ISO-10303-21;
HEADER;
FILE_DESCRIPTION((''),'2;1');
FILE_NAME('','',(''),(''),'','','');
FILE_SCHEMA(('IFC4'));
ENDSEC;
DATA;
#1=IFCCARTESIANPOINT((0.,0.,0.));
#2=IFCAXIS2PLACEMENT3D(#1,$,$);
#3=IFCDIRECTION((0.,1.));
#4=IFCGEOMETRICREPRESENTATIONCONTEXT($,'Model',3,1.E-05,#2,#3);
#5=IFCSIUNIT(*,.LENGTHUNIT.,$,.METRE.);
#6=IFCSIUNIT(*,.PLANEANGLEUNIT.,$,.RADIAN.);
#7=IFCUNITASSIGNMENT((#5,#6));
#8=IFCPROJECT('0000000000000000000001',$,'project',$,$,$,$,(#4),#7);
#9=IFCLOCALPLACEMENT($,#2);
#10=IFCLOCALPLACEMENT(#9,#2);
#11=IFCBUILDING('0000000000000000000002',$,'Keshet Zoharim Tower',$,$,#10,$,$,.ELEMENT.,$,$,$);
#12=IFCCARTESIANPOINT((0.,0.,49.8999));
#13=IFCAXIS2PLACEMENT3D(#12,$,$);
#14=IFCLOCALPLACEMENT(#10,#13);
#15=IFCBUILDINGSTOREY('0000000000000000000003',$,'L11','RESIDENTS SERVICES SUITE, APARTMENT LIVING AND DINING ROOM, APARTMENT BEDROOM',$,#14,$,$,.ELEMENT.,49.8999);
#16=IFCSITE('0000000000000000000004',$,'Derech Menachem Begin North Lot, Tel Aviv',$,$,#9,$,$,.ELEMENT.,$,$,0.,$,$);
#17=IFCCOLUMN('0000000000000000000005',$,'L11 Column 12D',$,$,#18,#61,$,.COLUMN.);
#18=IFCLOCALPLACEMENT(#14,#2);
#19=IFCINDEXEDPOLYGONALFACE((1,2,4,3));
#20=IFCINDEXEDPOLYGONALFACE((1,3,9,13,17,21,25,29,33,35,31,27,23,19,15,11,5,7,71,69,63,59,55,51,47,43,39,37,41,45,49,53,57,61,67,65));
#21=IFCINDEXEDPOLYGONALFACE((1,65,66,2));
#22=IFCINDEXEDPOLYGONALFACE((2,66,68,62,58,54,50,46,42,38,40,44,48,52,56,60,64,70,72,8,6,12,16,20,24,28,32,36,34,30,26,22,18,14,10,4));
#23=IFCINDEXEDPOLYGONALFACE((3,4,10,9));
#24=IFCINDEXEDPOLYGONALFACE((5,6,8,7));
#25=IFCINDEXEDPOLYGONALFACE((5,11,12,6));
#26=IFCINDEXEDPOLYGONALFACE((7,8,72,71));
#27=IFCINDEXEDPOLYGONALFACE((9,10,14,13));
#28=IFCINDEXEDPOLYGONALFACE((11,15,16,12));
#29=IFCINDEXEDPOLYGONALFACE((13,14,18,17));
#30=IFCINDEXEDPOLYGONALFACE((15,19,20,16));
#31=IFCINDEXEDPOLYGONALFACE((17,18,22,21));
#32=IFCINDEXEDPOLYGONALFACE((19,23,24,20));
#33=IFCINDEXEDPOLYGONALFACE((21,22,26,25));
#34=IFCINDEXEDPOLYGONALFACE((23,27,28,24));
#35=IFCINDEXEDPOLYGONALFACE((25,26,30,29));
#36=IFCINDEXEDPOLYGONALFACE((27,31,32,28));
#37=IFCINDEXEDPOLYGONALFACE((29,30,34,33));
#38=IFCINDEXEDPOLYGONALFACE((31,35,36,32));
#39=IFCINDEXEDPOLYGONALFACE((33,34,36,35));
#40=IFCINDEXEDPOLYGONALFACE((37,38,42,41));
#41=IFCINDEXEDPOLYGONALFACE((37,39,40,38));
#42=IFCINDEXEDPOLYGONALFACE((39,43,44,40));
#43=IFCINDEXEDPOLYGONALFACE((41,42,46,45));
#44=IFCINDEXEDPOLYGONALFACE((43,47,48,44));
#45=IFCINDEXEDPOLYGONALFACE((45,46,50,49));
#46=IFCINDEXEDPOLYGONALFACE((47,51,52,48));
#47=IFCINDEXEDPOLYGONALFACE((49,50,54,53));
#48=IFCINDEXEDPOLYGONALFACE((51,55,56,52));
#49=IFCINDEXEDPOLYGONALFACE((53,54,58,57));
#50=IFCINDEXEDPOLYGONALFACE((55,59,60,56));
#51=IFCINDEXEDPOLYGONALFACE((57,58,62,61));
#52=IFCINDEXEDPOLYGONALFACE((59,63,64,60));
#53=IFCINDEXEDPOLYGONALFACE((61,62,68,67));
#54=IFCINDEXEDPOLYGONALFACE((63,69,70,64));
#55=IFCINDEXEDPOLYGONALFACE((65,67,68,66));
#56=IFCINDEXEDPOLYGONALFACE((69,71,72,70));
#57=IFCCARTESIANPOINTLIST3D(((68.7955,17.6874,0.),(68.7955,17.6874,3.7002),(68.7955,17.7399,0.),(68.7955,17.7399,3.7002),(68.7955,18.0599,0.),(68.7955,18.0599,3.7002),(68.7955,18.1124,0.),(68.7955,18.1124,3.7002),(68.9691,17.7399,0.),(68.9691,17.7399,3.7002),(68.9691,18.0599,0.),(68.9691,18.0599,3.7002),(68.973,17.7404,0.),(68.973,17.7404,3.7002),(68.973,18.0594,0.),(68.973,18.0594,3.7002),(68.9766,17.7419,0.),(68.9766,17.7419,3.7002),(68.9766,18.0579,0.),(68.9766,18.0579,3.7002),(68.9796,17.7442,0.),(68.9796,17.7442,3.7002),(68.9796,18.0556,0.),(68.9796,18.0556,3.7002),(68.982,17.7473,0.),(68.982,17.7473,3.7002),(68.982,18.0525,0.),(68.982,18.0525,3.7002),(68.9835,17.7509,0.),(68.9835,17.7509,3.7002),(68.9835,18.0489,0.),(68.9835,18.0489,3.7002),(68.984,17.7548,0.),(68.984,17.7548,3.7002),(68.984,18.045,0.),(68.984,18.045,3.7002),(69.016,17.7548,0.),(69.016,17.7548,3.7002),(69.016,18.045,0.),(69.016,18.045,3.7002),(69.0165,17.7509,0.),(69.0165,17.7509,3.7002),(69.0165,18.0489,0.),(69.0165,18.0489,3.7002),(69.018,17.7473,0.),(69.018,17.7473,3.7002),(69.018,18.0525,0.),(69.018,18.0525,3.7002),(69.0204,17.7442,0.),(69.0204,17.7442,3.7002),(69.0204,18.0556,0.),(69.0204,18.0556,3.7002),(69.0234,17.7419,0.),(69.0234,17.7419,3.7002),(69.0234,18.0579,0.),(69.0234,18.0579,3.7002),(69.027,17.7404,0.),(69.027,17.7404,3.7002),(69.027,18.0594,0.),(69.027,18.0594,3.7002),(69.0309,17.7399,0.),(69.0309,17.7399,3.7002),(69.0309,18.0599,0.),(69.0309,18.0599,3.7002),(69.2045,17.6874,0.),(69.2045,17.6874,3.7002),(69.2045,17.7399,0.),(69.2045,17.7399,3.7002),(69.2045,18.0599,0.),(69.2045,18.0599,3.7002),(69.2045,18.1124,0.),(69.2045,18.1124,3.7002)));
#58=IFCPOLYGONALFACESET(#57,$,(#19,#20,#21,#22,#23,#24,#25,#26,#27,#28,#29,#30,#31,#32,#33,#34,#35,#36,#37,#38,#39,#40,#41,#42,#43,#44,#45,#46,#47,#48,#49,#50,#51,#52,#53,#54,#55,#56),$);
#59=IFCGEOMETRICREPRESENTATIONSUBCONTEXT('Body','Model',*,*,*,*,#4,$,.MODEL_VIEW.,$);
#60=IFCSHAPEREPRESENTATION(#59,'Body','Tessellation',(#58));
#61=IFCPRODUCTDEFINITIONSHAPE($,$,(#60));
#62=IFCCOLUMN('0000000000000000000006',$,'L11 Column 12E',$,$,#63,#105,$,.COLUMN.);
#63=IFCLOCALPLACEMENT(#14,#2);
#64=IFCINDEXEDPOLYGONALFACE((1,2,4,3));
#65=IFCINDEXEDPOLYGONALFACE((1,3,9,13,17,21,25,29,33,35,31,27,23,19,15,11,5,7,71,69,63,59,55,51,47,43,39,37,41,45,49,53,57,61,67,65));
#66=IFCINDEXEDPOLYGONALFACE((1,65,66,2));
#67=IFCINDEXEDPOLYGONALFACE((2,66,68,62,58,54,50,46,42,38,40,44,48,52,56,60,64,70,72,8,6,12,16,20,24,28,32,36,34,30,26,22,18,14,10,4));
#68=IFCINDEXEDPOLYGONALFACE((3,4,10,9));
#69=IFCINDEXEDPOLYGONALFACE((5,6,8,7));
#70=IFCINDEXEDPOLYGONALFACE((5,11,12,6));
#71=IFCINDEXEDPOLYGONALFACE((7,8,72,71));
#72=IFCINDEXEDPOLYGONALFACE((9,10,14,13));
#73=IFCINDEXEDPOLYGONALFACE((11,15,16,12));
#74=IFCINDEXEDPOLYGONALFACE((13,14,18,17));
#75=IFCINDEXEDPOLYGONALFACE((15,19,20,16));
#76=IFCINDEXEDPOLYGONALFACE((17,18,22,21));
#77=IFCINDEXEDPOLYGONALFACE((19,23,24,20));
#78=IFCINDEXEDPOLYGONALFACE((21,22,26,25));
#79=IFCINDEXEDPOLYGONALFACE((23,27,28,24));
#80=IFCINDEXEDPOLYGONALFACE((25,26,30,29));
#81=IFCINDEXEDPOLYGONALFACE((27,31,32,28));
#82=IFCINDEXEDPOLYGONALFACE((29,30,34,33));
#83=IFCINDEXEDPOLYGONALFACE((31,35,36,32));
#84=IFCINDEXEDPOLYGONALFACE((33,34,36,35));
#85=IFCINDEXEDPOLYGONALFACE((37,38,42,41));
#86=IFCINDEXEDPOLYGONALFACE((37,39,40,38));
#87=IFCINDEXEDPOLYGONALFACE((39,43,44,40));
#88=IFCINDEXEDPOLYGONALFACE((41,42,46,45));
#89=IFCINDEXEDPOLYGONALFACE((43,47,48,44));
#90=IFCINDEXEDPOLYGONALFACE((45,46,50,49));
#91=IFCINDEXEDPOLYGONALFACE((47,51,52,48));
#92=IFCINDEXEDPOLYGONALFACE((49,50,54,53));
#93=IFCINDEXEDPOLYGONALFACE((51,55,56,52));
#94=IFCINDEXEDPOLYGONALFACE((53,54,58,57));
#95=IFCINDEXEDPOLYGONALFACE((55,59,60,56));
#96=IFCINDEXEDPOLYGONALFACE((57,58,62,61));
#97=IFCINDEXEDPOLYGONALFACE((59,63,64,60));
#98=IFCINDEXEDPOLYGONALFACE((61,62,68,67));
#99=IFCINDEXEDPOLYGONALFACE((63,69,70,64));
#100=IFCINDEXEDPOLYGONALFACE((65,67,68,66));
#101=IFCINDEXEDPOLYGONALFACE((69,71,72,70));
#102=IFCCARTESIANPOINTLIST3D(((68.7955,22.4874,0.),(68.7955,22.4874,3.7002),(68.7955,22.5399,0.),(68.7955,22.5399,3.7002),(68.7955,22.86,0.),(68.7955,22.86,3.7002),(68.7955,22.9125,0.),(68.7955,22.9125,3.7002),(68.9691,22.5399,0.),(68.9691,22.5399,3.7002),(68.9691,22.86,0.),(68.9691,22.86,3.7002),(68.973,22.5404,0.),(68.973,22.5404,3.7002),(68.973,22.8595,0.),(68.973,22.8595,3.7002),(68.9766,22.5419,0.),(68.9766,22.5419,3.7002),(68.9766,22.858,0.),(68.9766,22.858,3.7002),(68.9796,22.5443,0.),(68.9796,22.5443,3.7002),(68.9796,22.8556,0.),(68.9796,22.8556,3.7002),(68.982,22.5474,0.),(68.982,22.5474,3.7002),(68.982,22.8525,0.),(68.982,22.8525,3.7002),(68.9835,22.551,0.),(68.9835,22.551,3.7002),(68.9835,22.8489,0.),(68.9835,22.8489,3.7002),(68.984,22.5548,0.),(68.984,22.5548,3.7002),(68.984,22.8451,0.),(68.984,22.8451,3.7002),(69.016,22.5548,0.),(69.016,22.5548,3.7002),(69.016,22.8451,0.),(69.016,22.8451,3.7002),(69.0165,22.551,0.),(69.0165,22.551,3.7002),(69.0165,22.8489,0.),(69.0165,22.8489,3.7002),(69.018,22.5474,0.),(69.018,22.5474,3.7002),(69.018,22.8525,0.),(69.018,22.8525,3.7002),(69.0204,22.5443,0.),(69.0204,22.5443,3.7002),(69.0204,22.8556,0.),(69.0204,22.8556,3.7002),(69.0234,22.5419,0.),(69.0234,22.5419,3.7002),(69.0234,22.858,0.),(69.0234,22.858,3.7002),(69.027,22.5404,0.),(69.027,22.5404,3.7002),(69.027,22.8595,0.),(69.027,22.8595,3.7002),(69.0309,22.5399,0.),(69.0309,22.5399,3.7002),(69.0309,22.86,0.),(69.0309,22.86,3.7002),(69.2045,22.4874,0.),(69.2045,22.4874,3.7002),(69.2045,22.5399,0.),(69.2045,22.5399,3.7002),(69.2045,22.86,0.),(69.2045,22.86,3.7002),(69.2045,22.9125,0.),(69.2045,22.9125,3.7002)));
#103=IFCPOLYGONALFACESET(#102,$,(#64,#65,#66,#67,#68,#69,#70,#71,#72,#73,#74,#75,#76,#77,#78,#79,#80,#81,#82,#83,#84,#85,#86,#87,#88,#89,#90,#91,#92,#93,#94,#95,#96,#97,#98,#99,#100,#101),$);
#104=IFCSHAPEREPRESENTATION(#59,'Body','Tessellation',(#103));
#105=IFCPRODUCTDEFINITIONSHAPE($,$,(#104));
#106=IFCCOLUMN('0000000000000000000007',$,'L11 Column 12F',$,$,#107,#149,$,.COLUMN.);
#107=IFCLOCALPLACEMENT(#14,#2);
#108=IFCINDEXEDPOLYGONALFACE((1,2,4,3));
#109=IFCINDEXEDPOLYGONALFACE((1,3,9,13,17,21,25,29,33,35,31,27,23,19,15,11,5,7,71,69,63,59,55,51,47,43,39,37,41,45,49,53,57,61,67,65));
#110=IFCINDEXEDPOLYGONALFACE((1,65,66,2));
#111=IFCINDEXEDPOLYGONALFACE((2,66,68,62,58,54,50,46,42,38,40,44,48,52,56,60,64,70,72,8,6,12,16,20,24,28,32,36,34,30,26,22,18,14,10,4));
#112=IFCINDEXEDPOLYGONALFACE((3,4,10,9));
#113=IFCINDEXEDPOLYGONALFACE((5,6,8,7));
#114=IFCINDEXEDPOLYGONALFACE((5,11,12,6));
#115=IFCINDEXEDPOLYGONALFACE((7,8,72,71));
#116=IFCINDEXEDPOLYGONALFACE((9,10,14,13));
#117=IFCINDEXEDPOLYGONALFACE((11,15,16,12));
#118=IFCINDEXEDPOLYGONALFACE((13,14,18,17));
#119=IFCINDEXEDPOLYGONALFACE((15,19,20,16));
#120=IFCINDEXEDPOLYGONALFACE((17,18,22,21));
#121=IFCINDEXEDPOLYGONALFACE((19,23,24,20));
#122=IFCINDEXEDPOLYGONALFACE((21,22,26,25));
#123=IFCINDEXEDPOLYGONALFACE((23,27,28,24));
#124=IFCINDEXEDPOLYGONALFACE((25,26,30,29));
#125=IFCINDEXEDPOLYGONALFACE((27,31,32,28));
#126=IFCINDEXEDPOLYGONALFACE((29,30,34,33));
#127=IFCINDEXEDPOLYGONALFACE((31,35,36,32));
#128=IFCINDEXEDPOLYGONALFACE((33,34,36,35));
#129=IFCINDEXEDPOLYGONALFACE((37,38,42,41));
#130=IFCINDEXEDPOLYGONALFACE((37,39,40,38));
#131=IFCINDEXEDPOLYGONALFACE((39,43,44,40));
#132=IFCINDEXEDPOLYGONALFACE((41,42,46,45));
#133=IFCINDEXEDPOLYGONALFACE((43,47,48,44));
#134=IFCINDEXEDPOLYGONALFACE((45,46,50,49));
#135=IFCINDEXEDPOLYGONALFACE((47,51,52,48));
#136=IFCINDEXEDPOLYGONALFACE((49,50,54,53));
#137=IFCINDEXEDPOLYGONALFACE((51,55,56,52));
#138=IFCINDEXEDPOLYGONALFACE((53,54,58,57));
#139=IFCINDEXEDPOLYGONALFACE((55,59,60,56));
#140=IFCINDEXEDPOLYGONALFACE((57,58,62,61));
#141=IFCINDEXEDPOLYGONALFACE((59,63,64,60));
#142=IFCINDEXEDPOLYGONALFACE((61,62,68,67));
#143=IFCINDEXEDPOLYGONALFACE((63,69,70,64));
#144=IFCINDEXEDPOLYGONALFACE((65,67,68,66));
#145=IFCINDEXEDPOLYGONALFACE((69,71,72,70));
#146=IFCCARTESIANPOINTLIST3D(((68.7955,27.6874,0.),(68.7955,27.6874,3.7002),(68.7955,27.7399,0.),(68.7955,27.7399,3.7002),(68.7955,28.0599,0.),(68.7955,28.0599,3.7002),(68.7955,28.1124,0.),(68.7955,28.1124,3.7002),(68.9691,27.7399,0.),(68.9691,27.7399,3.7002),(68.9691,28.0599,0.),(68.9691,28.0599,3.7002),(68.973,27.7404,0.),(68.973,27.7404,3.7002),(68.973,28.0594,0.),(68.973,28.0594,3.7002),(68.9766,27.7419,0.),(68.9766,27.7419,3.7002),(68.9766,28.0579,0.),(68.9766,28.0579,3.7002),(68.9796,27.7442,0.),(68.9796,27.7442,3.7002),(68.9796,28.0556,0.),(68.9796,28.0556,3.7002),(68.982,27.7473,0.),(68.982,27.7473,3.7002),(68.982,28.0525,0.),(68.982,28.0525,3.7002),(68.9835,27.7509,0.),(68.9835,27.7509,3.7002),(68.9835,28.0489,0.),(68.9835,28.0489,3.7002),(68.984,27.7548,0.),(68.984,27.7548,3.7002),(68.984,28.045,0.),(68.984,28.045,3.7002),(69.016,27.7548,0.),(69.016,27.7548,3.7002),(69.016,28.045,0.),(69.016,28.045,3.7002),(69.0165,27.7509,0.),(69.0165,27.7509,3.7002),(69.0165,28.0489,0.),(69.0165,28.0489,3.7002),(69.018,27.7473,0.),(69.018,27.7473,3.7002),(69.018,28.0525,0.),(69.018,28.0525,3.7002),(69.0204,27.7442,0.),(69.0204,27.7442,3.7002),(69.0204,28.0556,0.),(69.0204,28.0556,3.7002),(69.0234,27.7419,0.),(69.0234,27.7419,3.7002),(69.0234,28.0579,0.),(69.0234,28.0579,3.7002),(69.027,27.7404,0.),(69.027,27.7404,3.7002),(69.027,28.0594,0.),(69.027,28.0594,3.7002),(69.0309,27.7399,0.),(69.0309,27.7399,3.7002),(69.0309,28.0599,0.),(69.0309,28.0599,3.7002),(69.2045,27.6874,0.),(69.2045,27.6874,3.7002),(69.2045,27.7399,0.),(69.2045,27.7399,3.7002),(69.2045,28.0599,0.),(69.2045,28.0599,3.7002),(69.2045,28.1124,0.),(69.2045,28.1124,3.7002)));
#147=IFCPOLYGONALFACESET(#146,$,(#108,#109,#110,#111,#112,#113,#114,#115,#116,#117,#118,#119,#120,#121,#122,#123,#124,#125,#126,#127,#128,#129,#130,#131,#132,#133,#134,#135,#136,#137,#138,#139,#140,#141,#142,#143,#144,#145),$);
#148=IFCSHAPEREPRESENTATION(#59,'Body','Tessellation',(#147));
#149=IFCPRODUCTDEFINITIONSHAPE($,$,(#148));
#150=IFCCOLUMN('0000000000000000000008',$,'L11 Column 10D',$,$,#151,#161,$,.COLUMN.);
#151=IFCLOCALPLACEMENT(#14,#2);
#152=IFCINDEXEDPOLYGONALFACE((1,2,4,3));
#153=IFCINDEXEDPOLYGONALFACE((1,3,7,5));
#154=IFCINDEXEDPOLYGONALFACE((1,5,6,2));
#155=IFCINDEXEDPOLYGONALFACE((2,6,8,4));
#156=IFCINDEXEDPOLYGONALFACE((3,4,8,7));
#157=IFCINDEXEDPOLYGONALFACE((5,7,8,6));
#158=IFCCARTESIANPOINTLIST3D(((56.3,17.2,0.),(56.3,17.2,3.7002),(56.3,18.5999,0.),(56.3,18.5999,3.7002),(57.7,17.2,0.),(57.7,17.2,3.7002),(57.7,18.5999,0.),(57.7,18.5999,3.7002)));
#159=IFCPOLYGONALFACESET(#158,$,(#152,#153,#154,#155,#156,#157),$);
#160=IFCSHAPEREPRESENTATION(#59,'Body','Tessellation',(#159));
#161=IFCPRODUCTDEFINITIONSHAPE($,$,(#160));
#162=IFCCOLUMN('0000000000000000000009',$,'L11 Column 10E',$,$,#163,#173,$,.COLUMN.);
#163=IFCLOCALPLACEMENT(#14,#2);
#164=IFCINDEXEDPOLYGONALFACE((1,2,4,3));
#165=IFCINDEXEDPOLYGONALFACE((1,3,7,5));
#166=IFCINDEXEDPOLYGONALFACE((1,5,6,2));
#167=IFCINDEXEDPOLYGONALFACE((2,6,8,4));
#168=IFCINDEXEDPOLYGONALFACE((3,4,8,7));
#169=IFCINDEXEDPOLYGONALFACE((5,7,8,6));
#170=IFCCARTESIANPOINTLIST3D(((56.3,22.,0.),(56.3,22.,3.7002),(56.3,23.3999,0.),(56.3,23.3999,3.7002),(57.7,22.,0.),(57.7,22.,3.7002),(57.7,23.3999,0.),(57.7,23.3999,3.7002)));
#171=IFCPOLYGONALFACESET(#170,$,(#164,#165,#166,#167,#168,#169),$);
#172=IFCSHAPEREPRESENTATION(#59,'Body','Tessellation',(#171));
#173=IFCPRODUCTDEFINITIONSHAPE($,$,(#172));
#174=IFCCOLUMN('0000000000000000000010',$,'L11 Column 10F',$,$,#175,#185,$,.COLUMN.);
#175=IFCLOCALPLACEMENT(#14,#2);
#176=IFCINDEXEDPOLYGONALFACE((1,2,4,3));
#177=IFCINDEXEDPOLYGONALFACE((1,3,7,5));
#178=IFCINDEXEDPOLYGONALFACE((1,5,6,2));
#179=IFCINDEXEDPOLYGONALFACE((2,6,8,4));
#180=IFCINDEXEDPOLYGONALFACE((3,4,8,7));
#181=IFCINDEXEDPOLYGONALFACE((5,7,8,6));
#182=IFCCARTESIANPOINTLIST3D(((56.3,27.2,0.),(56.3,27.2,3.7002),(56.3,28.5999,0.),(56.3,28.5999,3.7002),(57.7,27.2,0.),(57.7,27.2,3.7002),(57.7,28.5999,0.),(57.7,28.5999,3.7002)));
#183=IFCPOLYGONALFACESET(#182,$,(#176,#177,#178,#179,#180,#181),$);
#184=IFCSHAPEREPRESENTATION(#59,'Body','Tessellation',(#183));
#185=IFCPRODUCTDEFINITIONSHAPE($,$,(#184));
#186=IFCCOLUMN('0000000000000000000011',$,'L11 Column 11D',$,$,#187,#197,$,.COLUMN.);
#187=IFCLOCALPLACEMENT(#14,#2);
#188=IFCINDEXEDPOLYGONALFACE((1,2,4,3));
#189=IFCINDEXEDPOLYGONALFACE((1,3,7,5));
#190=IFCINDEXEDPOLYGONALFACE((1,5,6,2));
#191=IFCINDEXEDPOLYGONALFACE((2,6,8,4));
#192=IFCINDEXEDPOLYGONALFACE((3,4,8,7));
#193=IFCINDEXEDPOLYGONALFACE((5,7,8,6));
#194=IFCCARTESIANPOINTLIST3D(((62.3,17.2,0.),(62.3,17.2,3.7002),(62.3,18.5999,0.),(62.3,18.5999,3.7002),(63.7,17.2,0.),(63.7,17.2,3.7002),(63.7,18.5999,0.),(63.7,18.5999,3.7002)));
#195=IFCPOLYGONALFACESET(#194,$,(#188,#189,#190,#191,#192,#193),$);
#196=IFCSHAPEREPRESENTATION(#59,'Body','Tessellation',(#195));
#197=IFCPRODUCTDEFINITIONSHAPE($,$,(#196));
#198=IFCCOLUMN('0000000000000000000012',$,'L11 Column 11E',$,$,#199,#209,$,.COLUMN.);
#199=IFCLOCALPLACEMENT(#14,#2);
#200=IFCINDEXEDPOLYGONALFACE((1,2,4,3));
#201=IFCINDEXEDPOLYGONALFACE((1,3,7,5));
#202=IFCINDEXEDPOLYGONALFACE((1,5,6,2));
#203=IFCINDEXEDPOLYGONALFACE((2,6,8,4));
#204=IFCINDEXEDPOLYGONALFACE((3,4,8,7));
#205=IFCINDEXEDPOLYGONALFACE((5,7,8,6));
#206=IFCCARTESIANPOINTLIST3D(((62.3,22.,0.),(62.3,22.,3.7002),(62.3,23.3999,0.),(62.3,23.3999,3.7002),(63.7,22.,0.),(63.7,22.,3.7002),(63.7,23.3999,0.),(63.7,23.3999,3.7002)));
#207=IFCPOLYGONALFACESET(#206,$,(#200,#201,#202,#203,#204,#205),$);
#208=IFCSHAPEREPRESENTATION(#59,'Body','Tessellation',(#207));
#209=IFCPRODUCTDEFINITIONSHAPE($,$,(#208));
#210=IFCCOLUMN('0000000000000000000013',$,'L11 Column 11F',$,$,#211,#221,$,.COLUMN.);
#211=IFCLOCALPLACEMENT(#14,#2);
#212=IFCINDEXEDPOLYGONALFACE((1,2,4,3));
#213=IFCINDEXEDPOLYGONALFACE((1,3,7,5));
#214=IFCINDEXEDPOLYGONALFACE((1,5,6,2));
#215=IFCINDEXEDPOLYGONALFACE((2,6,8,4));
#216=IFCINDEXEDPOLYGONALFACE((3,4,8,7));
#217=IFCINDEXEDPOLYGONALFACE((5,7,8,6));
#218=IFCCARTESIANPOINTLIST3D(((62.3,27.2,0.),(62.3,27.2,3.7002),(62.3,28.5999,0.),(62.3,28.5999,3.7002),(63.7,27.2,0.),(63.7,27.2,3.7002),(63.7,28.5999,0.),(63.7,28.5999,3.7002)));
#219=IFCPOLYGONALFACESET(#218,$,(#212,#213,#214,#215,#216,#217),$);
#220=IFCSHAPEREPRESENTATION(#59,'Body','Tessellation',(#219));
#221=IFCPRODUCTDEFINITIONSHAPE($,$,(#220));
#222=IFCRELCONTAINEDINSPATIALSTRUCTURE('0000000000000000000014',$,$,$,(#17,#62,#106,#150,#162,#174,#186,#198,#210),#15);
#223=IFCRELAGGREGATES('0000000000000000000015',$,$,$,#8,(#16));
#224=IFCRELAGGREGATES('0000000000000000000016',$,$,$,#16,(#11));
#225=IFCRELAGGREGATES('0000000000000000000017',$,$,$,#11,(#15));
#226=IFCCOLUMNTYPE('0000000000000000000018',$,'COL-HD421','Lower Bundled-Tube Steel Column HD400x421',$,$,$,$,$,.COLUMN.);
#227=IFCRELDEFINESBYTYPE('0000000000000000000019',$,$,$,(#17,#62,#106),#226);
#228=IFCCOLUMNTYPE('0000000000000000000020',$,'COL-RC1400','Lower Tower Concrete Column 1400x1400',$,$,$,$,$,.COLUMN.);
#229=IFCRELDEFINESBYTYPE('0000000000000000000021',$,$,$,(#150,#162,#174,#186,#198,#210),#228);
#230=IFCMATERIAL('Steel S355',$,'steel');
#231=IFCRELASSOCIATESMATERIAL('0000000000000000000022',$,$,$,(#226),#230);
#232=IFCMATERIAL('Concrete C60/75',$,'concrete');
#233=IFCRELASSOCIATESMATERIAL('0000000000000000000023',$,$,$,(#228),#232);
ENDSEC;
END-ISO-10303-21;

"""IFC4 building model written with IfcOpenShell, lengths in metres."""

from ifc_helpers import new_model, si_unit, direction, frame, origin, origin_2d, place, context, subcontext, project, spatial, rectangle, i_section, extrude, material, material_profile, profile_set, type_object, element, save


model = new_model("IFC4")

# Units and contexts
model_context = context("Model", 3, precision=1e-05, world=origin(), true_north=direction((0.0, 1.0)))
body_context = subcontext(model_context, "Body", "Model", "MODEL_VIEW")
ifc_project = project(units=[si_unit("LENGTHUNIT", "METRE"), si_unit("PLANEANGLEUNIT", "RADIAN")], contexts=[model_context])

# Site, building, storey
site_placement = place(None, origin())
site = spatial("IfcSite", under=ifc_project, at=site_placement, Name="Derech Menachem Begin North Lot, Tel Aviv", CompositionType="ELEMENT", RefElevation=0.0)
building_placement = place(site_placement, origin())
building = spatial("IfcBuilding", under=site, at=building_placement, Name="Keshet Zoharim Tower", CompositionType="ELEMENT")
storey_placement = place(building_placement, frame((0.0, 0.0, 49.8999)))
storey = spatial("IfcBuildingStorey", under=building, at=storey_placement, Name="L11", Description="RESIDENTS SERVICES SUITE, APARTMENT LIVING AND DINING ROOM, APARTMENT BEDROOM", CompositionType="ELEMENT", Elevation=49.8999)

# Columns
ifc_material_1 = material(Name="Steel S355", Category="steel")
ifc_material_profile_1 = material_profile(ifc_material_1, i_section(OverallWidth=0.4089, OverallDepth=0.425, WebThickness=0.032, FlangeThickness=0.0525, FilletRadius=0.0149, at=origin_2d()), Name="HD400x421")
ifc_profile_set_1 = profile_set([ifc_material_profile_1], Name="Steel S355")
column_type_1 = type_object("IfcColumnType", Name="COL-HD421", Description="Lower Bundled-Tube Steel Column HD400x421", PredefinedType="COLUMN", material=ifc_profile_set_1)
for number, where, z_axis, x_axis, name in (
    (1, (69.0, 17.8999, 0.0), (0.0, 0.0, 1.0), (1.0, 0.0, 0.0), "L11 Column 12D"),
    (2, (69.0, 22.7, 0.0), (0.0, 0.0, 1.0), (1.0, 0.0, 0.0), "L11 Column 12E"),
    (3, (69.0, 27.8999, 0.0), (0.0, 0.0, 1.0), (1.0, 0.0, 0.0), "L11 Column 12F"),
):
    element("IfcColumn", number, at=place(storey_placement, frame(where, z_axis=z_axis, x_axis=x_axis)), inside=storey, type_object=column_type_1, Name=name, PredefinedType="COLUMN", context=body_context, shape_type="SweptSolid", body=[
        extrude(i_section(OverallWidth=0.4089, OverallDepth=0.425, WebThickness=0.032, FlangeThickness=0.0525, FilletRadius=0.0149, at=origin_2d()), origin(), (0.0, 0.0, 1.0), 3.7002),
    ])
ifc_material_2 = material(Name="Concrete C60/75", Category="concrete")
ifc_material_profile_2 = material_profile(ifc_material_2, rectangle(XDim=1.3999, YDim=1.3999, at=origin_2d()), Name="RC1400x1400")
ifc_profile_set_2 = profile_set([ifc_material_profile_2], Name="Concrete C60/75")
column_type_2 = type_object("IfcColumnType", Name="COL-RC1400", Description="Lower Tower Concrete Column 1400x1400", PredefinedType="COLUMN", material=ifc_profile_set_2)
for number, where, z_axis, x_axis, name in (
    (4, (57.0, 17.8999, 0.0), (0.0, 0.0, 1.0), (1.0, 0.0, 0.0), "L11 Column 10D"),
    (5, (57.0, 22.7, 0.0), (0.0, 0.0, 1.0), (1.0, 0.0, 0.0), "L11 Column 10E"),
    (6, (57.0, 27.8999, 0.0), (0.0, 0.0, 1.0), (1.0, 0.0, 0.0), "L11 Column 10F"),
    (7, (63.0, 17.8999, 0.0), (0.0, 0.0, 1.0), (1.0, 0.0, 0.0), "L11 Column 11D"),
    (8, (63.0, 22.7, 0.0), (0.0, 0.0, 1.0), (1.0, 0.0, 0.0), "L11 Column 11E"),
    (9, (63.0, 27.8999, 0.0), (0.0, 0.0, 1.0), (1.0, 0.0, 0.0), "L11 Column 11F"),
):
    element("IfcColumn", number, at=place(storey_placement, frame(where, z_axis=z_axis, x_axis=x_axis)), inside=storey, type_object=column_type_2, Name=name, PredefinedType="COLUMN", context=body_context, shape_type="SweptSolid", body=[
        extrude(rectangle(XDim=1.3999, YDim=1.3999, at=origin_2d()), origin(), (0.0, 0.0, 1.0), 3.7002),
    ])

save(model, "model.ifc")
